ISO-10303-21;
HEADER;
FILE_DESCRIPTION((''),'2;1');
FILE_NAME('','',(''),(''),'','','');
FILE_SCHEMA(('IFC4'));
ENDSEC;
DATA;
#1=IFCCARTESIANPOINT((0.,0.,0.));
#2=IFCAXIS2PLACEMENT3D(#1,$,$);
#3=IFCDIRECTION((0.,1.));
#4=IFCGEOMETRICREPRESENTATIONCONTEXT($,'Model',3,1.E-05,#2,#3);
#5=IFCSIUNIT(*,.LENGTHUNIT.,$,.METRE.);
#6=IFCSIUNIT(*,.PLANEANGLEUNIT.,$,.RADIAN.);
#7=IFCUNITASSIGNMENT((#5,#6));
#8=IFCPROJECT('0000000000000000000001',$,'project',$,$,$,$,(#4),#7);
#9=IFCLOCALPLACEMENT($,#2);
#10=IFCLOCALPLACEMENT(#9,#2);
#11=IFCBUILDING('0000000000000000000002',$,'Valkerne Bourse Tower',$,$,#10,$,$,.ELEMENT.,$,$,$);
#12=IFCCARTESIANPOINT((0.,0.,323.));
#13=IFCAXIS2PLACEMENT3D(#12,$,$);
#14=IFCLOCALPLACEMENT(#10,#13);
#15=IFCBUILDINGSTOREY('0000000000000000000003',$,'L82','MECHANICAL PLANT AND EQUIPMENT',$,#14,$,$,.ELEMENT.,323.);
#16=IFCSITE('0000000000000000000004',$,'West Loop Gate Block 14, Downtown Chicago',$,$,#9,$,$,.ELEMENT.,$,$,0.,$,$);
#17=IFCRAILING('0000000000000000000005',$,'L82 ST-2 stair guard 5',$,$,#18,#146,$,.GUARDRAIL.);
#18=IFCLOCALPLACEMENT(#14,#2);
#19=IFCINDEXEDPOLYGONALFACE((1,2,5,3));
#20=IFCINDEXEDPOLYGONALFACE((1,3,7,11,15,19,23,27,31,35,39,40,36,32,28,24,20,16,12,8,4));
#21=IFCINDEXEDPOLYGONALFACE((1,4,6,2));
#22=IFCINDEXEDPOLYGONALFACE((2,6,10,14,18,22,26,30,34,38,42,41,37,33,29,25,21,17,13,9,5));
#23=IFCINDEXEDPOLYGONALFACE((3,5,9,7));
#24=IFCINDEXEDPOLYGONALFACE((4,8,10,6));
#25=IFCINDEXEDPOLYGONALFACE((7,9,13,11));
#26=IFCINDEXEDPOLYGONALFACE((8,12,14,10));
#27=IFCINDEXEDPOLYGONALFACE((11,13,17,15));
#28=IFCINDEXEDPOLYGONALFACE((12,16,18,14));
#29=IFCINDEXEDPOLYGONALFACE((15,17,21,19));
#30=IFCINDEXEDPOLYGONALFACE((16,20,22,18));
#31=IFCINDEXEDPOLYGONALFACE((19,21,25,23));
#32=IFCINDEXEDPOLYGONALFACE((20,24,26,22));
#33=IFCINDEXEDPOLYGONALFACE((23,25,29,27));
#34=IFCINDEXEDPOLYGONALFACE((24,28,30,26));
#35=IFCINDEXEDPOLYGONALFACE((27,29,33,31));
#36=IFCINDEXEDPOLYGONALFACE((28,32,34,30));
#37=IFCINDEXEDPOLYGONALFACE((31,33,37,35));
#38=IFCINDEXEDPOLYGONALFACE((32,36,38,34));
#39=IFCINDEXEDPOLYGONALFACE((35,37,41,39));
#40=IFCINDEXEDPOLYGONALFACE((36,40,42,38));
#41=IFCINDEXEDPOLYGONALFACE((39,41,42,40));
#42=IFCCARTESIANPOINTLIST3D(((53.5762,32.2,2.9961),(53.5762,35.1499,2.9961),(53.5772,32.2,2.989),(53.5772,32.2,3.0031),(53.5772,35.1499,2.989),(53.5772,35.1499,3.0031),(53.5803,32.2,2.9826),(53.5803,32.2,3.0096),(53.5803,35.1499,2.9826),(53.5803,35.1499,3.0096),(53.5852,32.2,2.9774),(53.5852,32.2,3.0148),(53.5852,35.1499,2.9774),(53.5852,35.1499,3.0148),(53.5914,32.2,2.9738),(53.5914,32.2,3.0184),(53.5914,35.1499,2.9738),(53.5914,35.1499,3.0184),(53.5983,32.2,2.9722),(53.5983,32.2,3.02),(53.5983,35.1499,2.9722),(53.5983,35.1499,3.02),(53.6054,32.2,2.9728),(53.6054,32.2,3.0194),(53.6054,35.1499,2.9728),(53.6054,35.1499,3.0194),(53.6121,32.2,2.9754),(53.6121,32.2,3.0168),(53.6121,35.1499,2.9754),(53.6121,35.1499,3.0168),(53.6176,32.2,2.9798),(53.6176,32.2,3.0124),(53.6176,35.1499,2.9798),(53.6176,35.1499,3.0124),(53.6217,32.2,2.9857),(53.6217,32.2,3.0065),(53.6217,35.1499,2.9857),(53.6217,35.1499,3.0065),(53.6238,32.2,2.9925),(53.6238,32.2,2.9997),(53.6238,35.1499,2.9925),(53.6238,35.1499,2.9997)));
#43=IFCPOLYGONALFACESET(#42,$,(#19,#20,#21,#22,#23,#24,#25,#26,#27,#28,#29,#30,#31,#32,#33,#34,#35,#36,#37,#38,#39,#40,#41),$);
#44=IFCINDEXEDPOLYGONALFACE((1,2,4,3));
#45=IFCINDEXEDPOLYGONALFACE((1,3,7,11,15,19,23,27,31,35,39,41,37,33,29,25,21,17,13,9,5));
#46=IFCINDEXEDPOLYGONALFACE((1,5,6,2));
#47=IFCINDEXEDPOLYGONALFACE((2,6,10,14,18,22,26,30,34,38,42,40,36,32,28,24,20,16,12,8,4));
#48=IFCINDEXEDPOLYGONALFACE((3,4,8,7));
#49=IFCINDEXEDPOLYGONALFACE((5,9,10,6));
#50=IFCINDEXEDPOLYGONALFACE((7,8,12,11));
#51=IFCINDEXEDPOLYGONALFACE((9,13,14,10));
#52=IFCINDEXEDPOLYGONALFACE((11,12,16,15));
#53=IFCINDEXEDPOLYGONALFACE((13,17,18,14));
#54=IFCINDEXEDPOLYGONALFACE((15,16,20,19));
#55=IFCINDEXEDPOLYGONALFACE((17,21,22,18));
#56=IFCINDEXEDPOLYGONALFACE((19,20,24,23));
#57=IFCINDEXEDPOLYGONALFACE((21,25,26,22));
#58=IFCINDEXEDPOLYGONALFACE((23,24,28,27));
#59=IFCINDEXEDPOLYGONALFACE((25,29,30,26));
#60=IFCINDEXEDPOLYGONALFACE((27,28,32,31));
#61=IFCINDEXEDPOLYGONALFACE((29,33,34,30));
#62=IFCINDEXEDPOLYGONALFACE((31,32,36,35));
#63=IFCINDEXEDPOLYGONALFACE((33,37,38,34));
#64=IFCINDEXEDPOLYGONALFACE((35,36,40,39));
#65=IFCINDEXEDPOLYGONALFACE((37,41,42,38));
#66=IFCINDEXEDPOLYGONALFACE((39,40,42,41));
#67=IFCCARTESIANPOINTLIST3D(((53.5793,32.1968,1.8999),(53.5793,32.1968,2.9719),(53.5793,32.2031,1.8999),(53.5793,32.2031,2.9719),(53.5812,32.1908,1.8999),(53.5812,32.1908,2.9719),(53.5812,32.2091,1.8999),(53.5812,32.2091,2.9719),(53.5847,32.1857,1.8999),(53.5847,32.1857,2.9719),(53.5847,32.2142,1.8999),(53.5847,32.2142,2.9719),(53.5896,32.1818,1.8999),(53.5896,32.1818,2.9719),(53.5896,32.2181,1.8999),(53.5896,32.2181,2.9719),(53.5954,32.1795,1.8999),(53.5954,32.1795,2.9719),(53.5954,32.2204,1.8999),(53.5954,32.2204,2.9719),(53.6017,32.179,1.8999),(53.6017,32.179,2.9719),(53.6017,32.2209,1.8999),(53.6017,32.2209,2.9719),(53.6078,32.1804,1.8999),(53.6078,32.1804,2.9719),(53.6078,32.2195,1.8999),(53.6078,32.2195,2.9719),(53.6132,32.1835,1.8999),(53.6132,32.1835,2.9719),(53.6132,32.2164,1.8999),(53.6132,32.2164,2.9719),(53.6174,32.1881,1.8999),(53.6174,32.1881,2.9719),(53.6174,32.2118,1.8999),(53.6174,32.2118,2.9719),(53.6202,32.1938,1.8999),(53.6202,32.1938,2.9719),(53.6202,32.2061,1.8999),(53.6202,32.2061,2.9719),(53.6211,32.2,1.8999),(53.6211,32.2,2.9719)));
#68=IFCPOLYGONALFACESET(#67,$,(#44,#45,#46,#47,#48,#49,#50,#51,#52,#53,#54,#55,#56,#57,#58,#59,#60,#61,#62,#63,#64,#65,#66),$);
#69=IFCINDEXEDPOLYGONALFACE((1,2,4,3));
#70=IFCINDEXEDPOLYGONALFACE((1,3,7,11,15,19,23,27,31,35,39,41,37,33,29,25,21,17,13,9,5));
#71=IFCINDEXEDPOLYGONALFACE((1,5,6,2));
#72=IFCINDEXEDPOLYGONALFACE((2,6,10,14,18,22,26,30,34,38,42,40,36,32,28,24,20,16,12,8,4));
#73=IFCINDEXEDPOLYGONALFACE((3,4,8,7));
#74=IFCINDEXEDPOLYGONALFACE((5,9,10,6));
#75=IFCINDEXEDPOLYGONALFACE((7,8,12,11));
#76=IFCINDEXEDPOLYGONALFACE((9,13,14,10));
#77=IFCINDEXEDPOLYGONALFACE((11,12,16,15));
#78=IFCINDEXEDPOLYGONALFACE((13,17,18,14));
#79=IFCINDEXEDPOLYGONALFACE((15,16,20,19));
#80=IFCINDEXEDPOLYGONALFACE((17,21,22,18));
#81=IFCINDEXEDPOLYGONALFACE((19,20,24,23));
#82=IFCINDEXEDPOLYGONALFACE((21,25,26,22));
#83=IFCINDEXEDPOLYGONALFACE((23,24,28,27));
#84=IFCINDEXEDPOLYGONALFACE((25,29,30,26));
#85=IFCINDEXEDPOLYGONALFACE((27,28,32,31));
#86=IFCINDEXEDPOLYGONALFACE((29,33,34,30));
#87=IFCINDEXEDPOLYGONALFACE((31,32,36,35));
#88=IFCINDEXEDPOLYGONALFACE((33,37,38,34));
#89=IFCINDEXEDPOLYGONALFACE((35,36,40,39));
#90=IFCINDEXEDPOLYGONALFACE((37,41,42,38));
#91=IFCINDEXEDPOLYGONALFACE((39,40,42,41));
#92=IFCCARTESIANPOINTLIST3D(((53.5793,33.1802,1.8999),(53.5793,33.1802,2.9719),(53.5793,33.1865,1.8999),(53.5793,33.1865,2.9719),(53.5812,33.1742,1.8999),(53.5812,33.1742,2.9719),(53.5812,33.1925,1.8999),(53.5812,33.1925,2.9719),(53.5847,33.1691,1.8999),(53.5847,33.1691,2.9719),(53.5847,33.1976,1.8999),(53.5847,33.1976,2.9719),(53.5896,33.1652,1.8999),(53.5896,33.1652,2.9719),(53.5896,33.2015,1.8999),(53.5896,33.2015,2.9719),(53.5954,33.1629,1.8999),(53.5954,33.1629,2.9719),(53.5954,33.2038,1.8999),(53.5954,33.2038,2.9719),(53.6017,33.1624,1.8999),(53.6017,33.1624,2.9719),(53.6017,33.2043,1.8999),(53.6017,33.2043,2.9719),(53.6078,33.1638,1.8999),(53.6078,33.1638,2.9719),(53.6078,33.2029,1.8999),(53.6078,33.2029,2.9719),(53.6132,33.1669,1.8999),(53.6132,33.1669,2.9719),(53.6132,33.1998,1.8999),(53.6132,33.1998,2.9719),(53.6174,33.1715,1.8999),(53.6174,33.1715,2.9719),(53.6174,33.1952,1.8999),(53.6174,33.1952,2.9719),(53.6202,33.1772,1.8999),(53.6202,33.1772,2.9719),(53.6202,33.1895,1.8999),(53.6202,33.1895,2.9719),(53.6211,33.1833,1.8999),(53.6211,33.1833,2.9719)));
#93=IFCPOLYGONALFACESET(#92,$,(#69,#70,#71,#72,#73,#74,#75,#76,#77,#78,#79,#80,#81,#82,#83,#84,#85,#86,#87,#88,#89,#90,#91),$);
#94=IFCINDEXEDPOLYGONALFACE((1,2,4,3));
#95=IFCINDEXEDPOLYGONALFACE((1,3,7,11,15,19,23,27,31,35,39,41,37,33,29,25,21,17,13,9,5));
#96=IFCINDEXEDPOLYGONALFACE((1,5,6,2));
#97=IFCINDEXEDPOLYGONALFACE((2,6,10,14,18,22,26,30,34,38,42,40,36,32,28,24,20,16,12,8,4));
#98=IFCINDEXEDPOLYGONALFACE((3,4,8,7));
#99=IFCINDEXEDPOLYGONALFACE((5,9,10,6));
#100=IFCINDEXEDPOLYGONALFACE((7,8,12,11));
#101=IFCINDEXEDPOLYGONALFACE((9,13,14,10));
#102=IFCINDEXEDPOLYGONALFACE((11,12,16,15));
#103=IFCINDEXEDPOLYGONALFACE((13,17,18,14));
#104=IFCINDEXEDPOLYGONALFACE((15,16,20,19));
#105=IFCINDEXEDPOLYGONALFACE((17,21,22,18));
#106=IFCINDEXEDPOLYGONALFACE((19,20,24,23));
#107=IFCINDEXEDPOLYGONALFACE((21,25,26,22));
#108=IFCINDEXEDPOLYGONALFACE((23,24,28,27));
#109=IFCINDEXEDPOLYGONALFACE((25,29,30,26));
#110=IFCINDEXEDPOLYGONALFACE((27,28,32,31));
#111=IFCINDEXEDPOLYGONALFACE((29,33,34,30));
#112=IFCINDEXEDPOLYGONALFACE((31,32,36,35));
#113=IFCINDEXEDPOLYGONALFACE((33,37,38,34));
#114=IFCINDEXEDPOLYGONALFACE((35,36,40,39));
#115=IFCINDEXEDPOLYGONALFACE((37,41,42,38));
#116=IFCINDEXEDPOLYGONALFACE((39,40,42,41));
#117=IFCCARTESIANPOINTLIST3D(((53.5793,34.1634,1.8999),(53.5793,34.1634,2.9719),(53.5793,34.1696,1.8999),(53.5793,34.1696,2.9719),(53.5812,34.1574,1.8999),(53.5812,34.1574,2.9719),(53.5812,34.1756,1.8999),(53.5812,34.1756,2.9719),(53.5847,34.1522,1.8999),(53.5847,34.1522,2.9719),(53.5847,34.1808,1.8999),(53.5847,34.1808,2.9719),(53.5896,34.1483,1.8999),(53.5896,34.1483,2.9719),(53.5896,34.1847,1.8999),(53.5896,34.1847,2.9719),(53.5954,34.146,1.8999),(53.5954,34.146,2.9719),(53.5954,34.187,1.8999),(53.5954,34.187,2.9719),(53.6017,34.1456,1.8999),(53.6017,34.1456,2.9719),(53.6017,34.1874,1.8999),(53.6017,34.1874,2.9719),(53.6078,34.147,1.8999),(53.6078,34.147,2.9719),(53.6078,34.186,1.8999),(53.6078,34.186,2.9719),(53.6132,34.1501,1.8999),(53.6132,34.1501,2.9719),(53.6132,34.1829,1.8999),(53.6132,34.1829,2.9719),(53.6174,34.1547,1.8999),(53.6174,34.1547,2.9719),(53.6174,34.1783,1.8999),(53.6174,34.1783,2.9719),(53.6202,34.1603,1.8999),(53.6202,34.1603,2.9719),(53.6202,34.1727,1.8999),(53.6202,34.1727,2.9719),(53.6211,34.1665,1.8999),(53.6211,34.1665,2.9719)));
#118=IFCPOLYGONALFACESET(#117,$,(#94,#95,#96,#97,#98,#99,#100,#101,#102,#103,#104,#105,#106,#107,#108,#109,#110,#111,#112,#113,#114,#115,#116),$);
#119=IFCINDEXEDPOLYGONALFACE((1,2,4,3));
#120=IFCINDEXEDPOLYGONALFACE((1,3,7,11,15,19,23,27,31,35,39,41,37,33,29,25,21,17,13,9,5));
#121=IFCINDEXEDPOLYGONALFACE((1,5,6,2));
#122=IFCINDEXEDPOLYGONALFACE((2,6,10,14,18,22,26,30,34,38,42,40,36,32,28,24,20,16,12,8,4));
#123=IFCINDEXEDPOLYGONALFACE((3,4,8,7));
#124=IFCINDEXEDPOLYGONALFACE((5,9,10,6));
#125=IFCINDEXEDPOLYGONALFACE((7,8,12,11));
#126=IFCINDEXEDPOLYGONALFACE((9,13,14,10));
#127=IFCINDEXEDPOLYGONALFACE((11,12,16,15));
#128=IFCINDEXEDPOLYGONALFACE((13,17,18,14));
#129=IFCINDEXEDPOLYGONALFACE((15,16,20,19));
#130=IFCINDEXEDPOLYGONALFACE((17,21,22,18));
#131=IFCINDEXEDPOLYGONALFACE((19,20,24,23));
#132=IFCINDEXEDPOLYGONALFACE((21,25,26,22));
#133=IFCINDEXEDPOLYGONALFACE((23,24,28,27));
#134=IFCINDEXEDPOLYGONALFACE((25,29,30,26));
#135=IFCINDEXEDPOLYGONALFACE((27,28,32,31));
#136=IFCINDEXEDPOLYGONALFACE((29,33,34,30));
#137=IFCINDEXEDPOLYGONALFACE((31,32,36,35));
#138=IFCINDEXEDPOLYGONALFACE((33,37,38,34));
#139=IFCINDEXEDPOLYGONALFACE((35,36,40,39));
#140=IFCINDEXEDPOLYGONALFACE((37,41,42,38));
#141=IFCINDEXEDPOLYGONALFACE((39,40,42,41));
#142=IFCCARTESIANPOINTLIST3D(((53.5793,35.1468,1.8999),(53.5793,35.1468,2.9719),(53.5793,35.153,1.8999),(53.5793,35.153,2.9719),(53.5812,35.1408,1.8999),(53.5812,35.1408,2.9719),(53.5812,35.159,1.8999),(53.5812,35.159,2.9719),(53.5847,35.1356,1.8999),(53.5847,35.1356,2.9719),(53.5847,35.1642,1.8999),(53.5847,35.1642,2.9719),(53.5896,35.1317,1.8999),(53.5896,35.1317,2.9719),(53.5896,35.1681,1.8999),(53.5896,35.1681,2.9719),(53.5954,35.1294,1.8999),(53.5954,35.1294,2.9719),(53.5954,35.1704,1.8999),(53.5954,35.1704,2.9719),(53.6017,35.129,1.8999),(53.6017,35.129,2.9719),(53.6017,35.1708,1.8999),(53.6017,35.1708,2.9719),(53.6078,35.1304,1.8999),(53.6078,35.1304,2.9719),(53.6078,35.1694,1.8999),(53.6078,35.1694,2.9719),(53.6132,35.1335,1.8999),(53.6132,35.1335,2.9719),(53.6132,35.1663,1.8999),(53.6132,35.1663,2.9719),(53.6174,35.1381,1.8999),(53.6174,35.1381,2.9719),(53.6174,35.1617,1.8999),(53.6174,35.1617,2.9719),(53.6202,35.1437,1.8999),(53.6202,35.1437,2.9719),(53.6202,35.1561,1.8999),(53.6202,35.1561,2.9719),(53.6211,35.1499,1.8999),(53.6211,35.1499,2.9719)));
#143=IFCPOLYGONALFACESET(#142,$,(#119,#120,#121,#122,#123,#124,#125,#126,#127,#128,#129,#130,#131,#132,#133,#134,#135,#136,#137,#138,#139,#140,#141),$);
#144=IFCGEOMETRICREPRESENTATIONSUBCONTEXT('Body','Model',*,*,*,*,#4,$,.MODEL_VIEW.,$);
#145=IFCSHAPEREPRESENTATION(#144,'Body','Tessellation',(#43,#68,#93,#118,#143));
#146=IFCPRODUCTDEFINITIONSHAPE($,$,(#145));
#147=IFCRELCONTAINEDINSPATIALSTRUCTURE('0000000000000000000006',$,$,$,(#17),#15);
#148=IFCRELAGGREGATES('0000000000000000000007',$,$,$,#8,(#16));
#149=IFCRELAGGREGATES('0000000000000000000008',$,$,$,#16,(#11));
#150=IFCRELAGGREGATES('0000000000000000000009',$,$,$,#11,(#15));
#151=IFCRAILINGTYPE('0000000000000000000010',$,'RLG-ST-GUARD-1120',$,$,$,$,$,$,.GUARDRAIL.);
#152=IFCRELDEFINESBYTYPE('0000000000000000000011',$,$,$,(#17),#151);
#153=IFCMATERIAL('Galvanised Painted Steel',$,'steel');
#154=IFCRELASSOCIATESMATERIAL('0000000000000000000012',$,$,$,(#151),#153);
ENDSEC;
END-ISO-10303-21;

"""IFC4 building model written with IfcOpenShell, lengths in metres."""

from ifc_helpers import new_model, si_unit, direction, frame, origin, origin_2d, place, context, subcontext, project, spatial, circle, extrude, material, type_object, element, save


model = new_model("IFC4")

# Units and contexts
model_context = context("Model", 3, precision=1e-05, world=origin(), true_north=direction((0.0, 1.0)))
body_context = subcontext(model_context, "Body", "Model", "MODEL_VIEW")
ifc_project = project(units=[si_unit("LENGTHUNIT", "METRE"), si_unit("PLANEANGLEUNIT", "RADIAN")], contexts=[model_context])

# Site, building, storey
site_placement = place(None, origin())
site = spatial("IfcSite", under=ifc_project, at=site_placement, Name="West Loop Gate Block 14, Downtown Chicago", CompositionType="ELEMENT", RefElevation=0.0)
building_placement = place(site_placement, origin())
building = spatial("IfcBuilding", under=site, at=building_placement, Name="Valkerne Bourse Tower", CompositionType="ELEMENT")
storey_placement = place(building_placement, frame((0.0, 0.0, 323.0)))
storey = spatial("IfcBuildingStorey", under=building, at=storey_placement, Name="L82", Description="MECHANICAL PLANT AND EQUIPMENT", CompositionType="ELEMENT", Elevation=323.0)

# Railing
ifc_material_1 = material(Name="Galvanised Painted Steel", Category="steel")
railing_type_1 = type_object("IfcRailingType", Name="RLG-ST-GUARD-1120", PredefinedType="GUARDRAIL", material=ifc_material_1)
railing_1_placement = place(storey_placement, frame((53.6001, 32.2, 1.8999)))
element("IfcRailing", 1, at=railing_1_placement, inside=storey, type_object=railing_type_1, Name="L82 ST-2 stair guard 5", PredefinedType="GUARDRAIL", context=body_context, shape_type="SweptSolid", body=[
    extrude(circle(Radius=0.0239, at=origin_2d()), frame((0.0, 0.0, 1.0962), z_axis=(0.0, 1.0, 0.0), x_axis=(-1.0, 0.0, 0.0)), (0.0, 0.0, 1.0), 2.95),
    extrude(circle(Radius=0.021, at=origin_2d()), origin(), (0.0, 0.0, 1.0), 1.072),
    extrude(circle(Radius=0.021, at=origin_2d()), frame((0.0, 0.9834, 0.0)), (0.0, 0.0, 1.0), 1.072),
    extrude(circle(Radius=0.021, at=origin_2d()), frame((0.0, 1.9666, 0.0)), (0.0, 0.0, 1.0), 1.072),
    extrude(circle(Radius=0.021, at=origin_2d()), frame((0.0, 2.95, 0.0)), (0.0, 0.0, 1.0), 1.072),
])

save(model, "model.ifc")
